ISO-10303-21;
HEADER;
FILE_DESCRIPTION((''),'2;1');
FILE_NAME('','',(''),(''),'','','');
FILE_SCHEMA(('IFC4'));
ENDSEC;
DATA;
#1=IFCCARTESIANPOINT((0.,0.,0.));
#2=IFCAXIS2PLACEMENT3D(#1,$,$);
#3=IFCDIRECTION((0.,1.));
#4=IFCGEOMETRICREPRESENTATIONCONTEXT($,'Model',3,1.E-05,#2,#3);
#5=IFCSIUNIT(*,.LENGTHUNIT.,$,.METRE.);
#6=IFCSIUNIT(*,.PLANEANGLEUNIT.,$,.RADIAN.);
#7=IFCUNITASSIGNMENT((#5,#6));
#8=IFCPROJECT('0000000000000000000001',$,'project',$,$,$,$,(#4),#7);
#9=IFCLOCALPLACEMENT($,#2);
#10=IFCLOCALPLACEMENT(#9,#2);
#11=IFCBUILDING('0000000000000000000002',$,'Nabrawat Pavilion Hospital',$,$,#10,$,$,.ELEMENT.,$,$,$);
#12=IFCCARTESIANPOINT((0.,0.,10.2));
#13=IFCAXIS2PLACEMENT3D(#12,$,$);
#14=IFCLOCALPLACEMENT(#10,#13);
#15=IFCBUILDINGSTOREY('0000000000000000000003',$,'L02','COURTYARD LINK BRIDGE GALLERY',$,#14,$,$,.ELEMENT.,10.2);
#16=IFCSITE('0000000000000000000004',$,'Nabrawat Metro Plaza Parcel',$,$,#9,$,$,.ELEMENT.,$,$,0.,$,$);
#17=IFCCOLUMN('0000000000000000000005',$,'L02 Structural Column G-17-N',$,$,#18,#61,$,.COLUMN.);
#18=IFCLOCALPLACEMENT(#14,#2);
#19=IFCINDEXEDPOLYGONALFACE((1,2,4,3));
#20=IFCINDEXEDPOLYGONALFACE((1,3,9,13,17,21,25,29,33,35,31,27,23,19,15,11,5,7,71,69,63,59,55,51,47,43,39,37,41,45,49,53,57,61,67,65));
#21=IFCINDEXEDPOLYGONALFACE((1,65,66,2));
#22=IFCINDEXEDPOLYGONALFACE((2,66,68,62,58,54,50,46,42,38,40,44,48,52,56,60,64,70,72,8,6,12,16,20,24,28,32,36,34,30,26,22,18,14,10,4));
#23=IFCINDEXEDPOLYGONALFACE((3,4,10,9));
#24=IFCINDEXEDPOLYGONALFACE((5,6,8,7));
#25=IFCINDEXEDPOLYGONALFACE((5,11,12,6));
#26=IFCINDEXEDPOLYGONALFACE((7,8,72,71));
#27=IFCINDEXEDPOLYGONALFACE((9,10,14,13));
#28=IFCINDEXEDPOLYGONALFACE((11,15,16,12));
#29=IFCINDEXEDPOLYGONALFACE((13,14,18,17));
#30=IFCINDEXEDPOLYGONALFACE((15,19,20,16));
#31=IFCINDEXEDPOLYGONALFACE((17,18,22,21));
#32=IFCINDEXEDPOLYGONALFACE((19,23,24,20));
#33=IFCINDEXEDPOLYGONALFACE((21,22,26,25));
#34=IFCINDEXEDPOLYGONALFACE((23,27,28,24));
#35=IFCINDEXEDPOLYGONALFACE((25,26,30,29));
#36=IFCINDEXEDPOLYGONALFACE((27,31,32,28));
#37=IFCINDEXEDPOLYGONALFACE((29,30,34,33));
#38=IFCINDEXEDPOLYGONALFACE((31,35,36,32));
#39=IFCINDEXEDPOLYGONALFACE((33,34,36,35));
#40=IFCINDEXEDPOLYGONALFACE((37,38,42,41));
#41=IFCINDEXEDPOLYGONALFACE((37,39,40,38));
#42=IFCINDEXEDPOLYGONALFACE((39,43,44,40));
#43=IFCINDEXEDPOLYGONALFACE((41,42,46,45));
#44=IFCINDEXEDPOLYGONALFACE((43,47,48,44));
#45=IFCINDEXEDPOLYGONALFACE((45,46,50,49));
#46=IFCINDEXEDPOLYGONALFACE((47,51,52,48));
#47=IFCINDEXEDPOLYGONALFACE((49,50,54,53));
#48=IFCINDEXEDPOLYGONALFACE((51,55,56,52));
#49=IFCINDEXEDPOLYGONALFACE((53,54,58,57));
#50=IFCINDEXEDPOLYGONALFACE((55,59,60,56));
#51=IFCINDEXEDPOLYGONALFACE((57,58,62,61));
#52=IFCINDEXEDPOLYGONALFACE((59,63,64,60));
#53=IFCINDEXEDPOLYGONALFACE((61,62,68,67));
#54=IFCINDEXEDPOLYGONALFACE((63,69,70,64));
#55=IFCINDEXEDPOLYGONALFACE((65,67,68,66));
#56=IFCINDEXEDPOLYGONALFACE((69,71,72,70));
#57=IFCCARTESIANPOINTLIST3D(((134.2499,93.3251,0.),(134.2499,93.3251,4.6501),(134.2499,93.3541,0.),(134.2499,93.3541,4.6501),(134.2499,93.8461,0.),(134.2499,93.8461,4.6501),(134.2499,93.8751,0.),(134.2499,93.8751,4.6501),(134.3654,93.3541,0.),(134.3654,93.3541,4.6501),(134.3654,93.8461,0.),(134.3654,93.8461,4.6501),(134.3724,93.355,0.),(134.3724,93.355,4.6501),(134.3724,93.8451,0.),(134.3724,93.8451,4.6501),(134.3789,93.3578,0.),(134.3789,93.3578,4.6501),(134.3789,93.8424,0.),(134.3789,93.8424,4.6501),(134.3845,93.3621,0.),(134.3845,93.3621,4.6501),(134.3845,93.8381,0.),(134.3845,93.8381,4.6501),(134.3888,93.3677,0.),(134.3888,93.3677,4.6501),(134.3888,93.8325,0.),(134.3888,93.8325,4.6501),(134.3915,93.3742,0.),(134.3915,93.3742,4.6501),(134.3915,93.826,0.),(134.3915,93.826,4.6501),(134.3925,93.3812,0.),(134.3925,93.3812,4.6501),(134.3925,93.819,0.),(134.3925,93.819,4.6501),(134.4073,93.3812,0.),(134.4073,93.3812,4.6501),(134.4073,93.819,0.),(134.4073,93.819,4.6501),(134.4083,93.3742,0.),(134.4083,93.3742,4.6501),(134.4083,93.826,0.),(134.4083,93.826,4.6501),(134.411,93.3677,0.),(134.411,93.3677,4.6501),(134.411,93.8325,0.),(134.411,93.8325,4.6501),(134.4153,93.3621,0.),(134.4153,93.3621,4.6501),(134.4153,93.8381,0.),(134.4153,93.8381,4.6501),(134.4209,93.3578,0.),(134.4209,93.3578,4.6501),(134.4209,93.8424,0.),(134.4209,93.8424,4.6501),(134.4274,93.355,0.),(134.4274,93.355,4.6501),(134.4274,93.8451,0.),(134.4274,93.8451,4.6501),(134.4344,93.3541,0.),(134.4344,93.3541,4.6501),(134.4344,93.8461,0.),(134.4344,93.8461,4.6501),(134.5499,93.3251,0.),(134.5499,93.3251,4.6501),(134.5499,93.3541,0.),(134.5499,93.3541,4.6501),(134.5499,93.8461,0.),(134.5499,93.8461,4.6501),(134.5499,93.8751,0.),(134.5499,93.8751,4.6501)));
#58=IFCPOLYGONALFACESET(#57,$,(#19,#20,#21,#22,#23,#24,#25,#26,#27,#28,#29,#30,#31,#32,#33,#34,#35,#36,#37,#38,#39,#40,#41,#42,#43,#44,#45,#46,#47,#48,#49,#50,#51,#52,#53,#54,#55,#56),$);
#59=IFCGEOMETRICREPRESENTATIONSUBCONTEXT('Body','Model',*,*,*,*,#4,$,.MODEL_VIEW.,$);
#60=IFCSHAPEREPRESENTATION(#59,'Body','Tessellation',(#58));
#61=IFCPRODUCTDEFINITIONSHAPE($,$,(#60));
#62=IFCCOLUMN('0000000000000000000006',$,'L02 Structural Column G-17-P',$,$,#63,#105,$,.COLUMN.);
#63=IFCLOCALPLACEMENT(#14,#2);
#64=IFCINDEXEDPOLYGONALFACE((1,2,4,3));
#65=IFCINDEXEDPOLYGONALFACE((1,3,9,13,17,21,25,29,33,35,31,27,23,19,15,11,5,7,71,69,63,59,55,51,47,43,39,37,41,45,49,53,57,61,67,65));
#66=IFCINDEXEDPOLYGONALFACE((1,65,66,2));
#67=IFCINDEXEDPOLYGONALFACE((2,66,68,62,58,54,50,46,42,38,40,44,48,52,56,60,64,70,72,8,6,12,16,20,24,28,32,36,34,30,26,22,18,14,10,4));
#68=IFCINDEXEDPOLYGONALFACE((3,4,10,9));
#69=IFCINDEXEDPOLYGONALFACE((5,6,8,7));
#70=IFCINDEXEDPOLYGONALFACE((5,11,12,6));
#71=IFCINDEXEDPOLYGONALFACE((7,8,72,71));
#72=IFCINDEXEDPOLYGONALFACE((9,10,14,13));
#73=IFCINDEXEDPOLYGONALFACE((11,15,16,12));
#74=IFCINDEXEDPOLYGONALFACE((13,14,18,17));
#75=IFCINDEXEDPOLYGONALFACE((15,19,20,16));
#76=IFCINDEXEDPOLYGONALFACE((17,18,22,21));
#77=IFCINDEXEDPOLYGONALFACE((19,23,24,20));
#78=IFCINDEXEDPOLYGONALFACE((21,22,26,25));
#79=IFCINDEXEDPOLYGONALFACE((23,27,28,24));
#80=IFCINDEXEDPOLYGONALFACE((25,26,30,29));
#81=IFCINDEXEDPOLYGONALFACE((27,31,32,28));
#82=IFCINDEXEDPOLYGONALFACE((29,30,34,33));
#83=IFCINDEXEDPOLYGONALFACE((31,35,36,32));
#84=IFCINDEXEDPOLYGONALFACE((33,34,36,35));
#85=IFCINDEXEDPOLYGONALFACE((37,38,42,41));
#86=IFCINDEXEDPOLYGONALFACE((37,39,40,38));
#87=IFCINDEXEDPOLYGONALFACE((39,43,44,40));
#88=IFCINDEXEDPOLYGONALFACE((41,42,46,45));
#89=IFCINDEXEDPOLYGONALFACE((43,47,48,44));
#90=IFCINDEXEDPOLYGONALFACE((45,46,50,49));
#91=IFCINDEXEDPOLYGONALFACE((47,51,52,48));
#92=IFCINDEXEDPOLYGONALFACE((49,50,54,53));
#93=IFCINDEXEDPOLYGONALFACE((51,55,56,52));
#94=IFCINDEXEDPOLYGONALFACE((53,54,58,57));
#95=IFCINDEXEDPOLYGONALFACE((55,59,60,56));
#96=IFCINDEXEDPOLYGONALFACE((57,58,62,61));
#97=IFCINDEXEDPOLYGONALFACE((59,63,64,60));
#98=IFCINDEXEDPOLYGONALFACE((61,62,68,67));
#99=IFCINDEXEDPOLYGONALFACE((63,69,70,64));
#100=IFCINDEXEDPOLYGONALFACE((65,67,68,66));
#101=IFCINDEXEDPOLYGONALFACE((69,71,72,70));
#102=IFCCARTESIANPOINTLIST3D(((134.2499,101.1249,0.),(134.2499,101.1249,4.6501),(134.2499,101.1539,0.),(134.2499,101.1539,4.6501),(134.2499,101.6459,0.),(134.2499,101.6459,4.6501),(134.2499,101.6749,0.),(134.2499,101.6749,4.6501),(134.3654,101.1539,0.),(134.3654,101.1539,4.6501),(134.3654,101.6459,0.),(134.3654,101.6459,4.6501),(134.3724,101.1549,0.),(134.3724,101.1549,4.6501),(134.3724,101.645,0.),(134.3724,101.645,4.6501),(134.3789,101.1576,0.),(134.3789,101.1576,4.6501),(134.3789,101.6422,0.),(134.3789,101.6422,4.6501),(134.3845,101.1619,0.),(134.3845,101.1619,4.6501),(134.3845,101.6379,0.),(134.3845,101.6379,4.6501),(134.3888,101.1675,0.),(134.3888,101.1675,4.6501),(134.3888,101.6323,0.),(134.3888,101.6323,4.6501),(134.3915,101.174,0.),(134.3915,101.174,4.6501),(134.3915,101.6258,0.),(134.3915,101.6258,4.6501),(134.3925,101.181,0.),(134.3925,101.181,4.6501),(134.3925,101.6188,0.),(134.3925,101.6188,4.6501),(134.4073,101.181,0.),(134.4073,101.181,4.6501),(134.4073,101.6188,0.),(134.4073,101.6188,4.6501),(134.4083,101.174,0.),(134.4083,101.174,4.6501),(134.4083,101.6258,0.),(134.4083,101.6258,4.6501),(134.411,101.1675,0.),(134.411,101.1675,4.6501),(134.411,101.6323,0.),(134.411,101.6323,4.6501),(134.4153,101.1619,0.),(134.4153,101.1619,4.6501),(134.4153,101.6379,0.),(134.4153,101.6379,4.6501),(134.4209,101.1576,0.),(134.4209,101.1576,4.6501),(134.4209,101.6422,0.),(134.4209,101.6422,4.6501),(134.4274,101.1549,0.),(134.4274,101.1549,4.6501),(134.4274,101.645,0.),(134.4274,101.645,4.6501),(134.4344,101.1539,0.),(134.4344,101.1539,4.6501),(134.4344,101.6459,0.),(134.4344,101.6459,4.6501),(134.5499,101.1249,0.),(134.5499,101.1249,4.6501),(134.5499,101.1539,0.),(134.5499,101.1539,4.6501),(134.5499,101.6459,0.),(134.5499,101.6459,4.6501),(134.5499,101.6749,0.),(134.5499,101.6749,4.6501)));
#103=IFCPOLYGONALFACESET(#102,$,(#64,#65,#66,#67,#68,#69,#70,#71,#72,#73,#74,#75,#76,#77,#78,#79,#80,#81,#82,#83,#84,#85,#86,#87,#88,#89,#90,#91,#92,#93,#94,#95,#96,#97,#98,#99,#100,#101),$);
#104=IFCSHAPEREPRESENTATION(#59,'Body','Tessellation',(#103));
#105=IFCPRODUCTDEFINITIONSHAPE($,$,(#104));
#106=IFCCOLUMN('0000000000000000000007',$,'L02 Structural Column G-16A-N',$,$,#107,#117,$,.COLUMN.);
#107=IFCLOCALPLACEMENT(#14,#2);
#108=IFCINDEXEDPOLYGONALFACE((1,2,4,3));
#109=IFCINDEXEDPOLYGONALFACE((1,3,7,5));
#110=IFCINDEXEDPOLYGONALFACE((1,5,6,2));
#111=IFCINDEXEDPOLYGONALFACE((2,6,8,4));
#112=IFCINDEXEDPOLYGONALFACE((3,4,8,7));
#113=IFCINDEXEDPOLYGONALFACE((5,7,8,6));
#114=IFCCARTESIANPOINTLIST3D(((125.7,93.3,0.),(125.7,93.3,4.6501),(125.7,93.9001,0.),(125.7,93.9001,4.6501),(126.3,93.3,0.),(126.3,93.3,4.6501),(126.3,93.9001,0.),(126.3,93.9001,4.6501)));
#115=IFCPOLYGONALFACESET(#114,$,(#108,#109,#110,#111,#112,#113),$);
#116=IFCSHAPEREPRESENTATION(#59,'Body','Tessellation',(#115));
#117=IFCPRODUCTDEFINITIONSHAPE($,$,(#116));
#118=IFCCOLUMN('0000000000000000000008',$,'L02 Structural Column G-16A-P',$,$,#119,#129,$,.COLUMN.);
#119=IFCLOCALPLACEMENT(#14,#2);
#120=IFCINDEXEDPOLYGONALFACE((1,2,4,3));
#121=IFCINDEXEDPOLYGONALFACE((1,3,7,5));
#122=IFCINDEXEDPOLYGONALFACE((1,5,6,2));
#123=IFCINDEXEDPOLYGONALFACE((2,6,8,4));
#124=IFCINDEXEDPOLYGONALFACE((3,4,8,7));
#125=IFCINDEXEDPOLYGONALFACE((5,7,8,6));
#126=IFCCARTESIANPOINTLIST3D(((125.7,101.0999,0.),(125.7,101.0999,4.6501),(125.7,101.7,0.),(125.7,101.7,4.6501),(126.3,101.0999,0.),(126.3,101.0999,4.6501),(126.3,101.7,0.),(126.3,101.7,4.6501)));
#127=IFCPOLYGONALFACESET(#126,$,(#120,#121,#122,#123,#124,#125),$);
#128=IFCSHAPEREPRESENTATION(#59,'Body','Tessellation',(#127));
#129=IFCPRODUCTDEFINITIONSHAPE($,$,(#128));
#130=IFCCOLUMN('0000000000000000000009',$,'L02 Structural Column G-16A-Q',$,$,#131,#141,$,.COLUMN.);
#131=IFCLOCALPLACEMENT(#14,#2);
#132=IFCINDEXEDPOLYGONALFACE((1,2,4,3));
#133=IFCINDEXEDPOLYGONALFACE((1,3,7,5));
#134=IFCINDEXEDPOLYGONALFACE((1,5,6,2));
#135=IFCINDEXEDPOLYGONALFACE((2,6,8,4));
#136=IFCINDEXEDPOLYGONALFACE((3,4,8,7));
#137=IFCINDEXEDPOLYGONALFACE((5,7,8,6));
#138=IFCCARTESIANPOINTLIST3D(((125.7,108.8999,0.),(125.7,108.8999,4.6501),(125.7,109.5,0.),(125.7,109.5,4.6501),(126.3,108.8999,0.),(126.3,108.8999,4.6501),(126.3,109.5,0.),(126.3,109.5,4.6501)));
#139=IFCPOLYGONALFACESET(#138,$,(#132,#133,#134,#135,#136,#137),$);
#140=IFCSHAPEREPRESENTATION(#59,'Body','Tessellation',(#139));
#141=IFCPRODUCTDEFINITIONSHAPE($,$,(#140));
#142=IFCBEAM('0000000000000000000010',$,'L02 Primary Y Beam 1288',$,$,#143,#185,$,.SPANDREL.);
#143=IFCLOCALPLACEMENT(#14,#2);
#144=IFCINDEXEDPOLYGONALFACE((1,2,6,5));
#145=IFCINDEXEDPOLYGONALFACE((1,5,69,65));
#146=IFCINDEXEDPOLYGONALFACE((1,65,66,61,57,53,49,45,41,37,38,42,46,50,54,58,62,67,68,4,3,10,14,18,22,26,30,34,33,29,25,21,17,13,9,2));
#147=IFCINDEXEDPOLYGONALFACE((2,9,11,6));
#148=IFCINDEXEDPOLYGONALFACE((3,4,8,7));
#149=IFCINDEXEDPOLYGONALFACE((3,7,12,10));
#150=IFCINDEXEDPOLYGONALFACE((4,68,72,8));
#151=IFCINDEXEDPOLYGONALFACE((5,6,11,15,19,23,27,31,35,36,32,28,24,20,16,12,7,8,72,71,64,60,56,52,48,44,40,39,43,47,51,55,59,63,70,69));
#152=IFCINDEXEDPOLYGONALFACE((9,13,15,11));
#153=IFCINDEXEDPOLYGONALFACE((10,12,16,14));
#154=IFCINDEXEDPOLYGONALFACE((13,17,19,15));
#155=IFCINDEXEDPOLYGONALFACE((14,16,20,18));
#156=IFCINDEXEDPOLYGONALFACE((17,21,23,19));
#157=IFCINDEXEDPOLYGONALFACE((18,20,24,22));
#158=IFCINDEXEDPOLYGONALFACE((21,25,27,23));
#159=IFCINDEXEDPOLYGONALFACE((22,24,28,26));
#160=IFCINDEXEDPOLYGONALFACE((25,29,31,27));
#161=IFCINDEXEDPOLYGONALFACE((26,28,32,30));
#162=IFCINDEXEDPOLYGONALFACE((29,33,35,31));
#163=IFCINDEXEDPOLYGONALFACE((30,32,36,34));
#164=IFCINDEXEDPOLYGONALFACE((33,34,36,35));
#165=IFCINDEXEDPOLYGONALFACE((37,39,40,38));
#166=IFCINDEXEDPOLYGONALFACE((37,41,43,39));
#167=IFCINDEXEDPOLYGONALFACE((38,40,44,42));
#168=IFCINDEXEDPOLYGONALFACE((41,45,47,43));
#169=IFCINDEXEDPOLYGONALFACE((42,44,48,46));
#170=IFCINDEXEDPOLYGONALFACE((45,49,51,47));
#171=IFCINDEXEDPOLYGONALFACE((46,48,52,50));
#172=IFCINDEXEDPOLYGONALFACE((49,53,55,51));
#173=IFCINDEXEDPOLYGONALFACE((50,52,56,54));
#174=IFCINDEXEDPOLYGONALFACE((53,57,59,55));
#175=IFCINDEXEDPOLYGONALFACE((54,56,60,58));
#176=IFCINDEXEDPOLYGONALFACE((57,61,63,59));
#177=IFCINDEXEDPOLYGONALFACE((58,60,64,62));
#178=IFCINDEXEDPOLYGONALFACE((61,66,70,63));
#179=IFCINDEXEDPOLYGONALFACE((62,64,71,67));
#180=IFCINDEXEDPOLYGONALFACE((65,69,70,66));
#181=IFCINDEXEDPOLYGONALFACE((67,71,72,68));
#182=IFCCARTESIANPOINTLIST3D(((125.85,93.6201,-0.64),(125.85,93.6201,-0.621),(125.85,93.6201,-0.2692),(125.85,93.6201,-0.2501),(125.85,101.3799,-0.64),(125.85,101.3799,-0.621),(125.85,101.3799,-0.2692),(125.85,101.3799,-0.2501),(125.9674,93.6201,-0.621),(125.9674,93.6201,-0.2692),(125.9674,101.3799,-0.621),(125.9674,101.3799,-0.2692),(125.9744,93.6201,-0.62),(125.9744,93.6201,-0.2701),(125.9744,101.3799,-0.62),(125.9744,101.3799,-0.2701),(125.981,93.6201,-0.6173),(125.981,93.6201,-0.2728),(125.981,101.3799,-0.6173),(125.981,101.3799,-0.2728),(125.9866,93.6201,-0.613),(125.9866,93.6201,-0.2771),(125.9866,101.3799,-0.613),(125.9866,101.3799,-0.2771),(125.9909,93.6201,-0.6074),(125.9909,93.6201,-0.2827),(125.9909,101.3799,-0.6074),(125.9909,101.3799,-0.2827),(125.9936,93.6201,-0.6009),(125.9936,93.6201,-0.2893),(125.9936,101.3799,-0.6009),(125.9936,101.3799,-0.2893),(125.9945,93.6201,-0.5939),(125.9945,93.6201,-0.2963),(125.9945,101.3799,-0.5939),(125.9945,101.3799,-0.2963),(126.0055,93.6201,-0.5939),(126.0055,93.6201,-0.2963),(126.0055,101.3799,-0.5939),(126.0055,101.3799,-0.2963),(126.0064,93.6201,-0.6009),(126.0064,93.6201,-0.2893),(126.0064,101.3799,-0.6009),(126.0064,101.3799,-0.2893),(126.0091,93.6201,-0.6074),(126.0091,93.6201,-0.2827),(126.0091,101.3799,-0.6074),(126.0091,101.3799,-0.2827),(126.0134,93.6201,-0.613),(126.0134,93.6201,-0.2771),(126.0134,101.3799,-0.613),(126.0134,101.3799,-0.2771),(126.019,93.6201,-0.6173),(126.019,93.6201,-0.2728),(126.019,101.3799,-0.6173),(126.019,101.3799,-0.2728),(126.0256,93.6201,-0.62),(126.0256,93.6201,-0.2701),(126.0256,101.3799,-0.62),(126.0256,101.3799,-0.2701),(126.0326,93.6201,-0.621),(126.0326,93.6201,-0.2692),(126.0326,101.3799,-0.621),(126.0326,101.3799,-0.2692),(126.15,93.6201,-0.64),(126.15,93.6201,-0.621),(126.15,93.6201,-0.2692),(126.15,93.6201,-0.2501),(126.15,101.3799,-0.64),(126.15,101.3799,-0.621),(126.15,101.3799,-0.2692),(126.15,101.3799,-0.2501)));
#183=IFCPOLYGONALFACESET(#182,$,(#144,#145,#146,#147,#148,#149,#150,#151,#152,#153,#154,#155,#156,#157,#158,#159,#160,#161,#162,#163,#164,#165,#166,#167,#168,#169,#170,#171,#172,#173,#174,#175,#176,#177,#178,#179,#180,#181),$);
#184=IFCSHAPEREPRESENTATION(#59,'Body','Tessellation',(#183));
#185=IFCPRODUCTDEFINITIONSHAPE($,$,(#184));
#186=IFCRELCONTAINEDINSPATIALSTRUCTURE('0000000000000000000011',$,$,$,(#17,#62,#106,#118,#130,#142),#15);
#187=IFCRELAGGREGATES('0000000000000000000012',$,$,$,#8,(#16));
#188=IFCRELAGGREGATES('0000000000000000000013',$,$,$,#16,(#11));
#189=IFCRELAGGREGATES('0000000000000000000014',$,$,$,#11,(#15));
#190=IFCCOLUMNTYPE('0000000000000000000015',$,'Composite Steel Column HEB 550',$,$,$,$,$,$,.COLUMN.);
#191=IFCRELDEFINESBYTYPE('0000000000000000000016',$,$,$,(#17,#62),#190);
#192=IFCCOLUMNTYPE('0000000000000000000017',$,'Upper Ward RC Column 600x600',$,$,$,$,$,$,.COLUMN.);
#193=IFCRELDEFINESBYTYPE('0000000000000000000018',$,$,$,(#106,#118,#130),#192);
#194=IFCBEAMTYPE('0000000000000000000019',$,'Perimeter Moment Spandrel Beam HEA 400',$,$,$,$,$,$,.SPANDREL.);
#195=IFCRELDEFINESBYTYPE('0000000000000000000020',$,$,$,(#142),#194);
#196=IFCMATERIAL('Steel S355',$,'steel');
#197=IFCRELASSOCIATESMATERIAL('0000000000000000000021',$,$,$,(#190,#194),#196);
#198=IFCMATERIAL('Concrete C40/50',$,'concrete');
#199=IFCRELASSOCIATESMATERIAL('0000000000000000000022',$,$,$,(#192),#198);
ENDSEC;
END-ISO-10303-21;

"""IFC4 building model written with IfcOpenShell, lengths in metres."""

from ifc_helpers import new_model, si_unit, direction, frame, origin, origin_2d, place, context, subcontext, project, spatial, rectangle, i_section, extrude, material, material_profile, profile_set, type_object, element, save


model = new_model("IFC4")

# Units and contexts
model_context = context("Model", 3, precision=1e-05, world=origin(), true_north=direction((0.0, 1.0)))
body_context = subcontext(model_context, "Body", "Model", "MODEL_VIEW")
ifc_project = project(units=[si_unit("LENGTHUNIT", "METRE"), si_unit("PLANEANGLEUNIT", "RADIAN")], contexts=[model_context])

# Site, building, storey
site_placement = place(None, origin())
site = spatial("IfcSite", under=ifc_project, at=site_placement, Name="Nabrawat Metro Plaza Parcel", CompositionType="ELEMENT", RefElevation=0.0)
building_placement = place(site_placement, origin())
building = spatial("IfcBuilding", under=site, at=building_placement, Name="Nabrawat Pavilion Hospital", CompositionType="ELEMENT")
storey_placement = place(building_placement, frame((0.0, 0.0, 10.2)))
storey = spatial("IfcBuildingStorey", under=building, at=storey_placement, Name="L02", Description="COURTYARD LINK BRIDGE GALLERY", CompositionType="ELEMENT", Elevation=10.2)

# Columns
ifc_material_1 = material(Name="Steel S355", Category="steel")
ifc_material_profile_1 = material_profile(ifc_material_1, i_section(OverallWidth=0.3, OverallDepth=0.55, WebThickness=0.0149, FlangeThickness=0.0291, FilletRadius=0.0271, at=origin_2d()), Name="HEB 550")
ifc_profile_set_1 = profile_set([ifc_material_profile_1], Name="Steel S355")
column_type_1 = type_object("IfcColumnType", Name="Composite Steel Column HEB 550", PredefinedType="COLUMN", material=ifc_profile_set_1)
for number, where, z_axis, x_axis, name in (
    (1, (134.3999, 93.6001, 0.0), (0.0, 0.0, 1.0), (1.0, 0.0, 0.0), "L02 Structural Column G-17-N"),
    (2, (134.3999, 101.3999, 0.0), (0.0, 0.0, 1.0), (1.0, 0.0, 0.0), "L02 Structural Column G-17-P"),
):
    element("IfcColumn", number, at=place(storey_placement, frame(where, z_axis=z_axis, x_axis=x_axis)), inside=storey, type_object=column_type_1, Name=name, PredefinedType="COLUMN", context=body_context, shape_type="SweptSolid", body=[
        extrude(i_section(OverallWidth=0.3, OverallDepth=0.55, WebThickness=0.0149, FlangeThickness=0.0291, FilletRadius=0.0271, at=origin_2d()), origin(), (0.0, 0.0, 1.0), 4.6501),
    ])
ifc_material_2 = material(Name="Concrete C40/50", Category="concrete")
ifc_material_profile_2 = material_profile(ifc_material_2, rectangle(XDim=0.6001, YDim=0.6001, at=origin_2d()), Name="RC 600x600")
ifc_profile_set_2 = profile_set([ifc_material_profile_2], Name="Concrete C40/50")
column_type_2 = type_object("IfcColumnType", Name="Upper Ward RC Column 600x600", PredefinedType="COLUMN", material=ifc_profile_set_2)
for number, where, z_axis, x_axis, name in (
    (3, (126.0, 93.6001, 0.0), (0.0, 0.0, 1.0), (1.0, 0.0, 0.0), "L02 Structural Column G-16A-N"),
    (4, (126.0, 101.3999, 0.0), (0.0, 0.0, 1.0), (1.0, 0.0, 0.0), "L02 Structural Column G-16A-P"),
    (5, (126.0, 109.2, 0.0), (0.0, 0.0, 1.0), (1.0, 0.0, 0.0), "L02 Structural Column G-16A-Q"),
):
    element("IfcColumn", number, at=place(storey_placement, frame(where, z_axis=z_axis, x_axis=x_axis)), inside=storey, type_object=column_type_2, Name=name, PredefinedType="COLUMN", context=body_context, shape_type="SweptSolid", body=[
        extrude(rectangle(XDim=0.6001, YDim=0.6001, at=origin_2d()), origin(), (0.0, 0.0, 1.0), 4.6501),
    ])

# Beam
ifc_material_profile_3 = material_profile(ifc_material_1, i_section(OverallWidth=0.3, OverallDepth=0.3899, WebThickness=0.011, FlangeThickness=0.019, FilletRadius=0.0271, at=origin_2d()), Name="HEA 400")
ifc_profile_set_3 = profile_set([ifc_material_profile_3], Name="Steel S355")
beam_type_1 = type_object("IfcBeamType", Name="Perimeter Moment Spandrel Beam HEA 400", PredefinedType="SPANDREL", material=ifc_profile_set_3)
beam_1_placement = place(storey_placement, frame((126.0, 93.6201, -0.4451), z_axis=(0.0, 1.0, 0.0), x_axis=(-1.0, 0.0, 0.0)))
element("IfcBeam", 6, at=beam_1_placement, inside=storey, type_object=beam_type_1, Name="L02 Primary Y Beam 1288", PredefinedType="SPANDREL", context=body_context, shape_type="SweptSolid", body=[
    extrude(i_section(OverallWidth=0.3, OverallDepth=0.3899, WebThickness=0.011, FlangeThickness=0.019, FilletRadius=0.0271, at=origin_2d()), origin(), (0.0, 0.0, 1.0), 7.7598),
])

save(model, "model.ifc")
